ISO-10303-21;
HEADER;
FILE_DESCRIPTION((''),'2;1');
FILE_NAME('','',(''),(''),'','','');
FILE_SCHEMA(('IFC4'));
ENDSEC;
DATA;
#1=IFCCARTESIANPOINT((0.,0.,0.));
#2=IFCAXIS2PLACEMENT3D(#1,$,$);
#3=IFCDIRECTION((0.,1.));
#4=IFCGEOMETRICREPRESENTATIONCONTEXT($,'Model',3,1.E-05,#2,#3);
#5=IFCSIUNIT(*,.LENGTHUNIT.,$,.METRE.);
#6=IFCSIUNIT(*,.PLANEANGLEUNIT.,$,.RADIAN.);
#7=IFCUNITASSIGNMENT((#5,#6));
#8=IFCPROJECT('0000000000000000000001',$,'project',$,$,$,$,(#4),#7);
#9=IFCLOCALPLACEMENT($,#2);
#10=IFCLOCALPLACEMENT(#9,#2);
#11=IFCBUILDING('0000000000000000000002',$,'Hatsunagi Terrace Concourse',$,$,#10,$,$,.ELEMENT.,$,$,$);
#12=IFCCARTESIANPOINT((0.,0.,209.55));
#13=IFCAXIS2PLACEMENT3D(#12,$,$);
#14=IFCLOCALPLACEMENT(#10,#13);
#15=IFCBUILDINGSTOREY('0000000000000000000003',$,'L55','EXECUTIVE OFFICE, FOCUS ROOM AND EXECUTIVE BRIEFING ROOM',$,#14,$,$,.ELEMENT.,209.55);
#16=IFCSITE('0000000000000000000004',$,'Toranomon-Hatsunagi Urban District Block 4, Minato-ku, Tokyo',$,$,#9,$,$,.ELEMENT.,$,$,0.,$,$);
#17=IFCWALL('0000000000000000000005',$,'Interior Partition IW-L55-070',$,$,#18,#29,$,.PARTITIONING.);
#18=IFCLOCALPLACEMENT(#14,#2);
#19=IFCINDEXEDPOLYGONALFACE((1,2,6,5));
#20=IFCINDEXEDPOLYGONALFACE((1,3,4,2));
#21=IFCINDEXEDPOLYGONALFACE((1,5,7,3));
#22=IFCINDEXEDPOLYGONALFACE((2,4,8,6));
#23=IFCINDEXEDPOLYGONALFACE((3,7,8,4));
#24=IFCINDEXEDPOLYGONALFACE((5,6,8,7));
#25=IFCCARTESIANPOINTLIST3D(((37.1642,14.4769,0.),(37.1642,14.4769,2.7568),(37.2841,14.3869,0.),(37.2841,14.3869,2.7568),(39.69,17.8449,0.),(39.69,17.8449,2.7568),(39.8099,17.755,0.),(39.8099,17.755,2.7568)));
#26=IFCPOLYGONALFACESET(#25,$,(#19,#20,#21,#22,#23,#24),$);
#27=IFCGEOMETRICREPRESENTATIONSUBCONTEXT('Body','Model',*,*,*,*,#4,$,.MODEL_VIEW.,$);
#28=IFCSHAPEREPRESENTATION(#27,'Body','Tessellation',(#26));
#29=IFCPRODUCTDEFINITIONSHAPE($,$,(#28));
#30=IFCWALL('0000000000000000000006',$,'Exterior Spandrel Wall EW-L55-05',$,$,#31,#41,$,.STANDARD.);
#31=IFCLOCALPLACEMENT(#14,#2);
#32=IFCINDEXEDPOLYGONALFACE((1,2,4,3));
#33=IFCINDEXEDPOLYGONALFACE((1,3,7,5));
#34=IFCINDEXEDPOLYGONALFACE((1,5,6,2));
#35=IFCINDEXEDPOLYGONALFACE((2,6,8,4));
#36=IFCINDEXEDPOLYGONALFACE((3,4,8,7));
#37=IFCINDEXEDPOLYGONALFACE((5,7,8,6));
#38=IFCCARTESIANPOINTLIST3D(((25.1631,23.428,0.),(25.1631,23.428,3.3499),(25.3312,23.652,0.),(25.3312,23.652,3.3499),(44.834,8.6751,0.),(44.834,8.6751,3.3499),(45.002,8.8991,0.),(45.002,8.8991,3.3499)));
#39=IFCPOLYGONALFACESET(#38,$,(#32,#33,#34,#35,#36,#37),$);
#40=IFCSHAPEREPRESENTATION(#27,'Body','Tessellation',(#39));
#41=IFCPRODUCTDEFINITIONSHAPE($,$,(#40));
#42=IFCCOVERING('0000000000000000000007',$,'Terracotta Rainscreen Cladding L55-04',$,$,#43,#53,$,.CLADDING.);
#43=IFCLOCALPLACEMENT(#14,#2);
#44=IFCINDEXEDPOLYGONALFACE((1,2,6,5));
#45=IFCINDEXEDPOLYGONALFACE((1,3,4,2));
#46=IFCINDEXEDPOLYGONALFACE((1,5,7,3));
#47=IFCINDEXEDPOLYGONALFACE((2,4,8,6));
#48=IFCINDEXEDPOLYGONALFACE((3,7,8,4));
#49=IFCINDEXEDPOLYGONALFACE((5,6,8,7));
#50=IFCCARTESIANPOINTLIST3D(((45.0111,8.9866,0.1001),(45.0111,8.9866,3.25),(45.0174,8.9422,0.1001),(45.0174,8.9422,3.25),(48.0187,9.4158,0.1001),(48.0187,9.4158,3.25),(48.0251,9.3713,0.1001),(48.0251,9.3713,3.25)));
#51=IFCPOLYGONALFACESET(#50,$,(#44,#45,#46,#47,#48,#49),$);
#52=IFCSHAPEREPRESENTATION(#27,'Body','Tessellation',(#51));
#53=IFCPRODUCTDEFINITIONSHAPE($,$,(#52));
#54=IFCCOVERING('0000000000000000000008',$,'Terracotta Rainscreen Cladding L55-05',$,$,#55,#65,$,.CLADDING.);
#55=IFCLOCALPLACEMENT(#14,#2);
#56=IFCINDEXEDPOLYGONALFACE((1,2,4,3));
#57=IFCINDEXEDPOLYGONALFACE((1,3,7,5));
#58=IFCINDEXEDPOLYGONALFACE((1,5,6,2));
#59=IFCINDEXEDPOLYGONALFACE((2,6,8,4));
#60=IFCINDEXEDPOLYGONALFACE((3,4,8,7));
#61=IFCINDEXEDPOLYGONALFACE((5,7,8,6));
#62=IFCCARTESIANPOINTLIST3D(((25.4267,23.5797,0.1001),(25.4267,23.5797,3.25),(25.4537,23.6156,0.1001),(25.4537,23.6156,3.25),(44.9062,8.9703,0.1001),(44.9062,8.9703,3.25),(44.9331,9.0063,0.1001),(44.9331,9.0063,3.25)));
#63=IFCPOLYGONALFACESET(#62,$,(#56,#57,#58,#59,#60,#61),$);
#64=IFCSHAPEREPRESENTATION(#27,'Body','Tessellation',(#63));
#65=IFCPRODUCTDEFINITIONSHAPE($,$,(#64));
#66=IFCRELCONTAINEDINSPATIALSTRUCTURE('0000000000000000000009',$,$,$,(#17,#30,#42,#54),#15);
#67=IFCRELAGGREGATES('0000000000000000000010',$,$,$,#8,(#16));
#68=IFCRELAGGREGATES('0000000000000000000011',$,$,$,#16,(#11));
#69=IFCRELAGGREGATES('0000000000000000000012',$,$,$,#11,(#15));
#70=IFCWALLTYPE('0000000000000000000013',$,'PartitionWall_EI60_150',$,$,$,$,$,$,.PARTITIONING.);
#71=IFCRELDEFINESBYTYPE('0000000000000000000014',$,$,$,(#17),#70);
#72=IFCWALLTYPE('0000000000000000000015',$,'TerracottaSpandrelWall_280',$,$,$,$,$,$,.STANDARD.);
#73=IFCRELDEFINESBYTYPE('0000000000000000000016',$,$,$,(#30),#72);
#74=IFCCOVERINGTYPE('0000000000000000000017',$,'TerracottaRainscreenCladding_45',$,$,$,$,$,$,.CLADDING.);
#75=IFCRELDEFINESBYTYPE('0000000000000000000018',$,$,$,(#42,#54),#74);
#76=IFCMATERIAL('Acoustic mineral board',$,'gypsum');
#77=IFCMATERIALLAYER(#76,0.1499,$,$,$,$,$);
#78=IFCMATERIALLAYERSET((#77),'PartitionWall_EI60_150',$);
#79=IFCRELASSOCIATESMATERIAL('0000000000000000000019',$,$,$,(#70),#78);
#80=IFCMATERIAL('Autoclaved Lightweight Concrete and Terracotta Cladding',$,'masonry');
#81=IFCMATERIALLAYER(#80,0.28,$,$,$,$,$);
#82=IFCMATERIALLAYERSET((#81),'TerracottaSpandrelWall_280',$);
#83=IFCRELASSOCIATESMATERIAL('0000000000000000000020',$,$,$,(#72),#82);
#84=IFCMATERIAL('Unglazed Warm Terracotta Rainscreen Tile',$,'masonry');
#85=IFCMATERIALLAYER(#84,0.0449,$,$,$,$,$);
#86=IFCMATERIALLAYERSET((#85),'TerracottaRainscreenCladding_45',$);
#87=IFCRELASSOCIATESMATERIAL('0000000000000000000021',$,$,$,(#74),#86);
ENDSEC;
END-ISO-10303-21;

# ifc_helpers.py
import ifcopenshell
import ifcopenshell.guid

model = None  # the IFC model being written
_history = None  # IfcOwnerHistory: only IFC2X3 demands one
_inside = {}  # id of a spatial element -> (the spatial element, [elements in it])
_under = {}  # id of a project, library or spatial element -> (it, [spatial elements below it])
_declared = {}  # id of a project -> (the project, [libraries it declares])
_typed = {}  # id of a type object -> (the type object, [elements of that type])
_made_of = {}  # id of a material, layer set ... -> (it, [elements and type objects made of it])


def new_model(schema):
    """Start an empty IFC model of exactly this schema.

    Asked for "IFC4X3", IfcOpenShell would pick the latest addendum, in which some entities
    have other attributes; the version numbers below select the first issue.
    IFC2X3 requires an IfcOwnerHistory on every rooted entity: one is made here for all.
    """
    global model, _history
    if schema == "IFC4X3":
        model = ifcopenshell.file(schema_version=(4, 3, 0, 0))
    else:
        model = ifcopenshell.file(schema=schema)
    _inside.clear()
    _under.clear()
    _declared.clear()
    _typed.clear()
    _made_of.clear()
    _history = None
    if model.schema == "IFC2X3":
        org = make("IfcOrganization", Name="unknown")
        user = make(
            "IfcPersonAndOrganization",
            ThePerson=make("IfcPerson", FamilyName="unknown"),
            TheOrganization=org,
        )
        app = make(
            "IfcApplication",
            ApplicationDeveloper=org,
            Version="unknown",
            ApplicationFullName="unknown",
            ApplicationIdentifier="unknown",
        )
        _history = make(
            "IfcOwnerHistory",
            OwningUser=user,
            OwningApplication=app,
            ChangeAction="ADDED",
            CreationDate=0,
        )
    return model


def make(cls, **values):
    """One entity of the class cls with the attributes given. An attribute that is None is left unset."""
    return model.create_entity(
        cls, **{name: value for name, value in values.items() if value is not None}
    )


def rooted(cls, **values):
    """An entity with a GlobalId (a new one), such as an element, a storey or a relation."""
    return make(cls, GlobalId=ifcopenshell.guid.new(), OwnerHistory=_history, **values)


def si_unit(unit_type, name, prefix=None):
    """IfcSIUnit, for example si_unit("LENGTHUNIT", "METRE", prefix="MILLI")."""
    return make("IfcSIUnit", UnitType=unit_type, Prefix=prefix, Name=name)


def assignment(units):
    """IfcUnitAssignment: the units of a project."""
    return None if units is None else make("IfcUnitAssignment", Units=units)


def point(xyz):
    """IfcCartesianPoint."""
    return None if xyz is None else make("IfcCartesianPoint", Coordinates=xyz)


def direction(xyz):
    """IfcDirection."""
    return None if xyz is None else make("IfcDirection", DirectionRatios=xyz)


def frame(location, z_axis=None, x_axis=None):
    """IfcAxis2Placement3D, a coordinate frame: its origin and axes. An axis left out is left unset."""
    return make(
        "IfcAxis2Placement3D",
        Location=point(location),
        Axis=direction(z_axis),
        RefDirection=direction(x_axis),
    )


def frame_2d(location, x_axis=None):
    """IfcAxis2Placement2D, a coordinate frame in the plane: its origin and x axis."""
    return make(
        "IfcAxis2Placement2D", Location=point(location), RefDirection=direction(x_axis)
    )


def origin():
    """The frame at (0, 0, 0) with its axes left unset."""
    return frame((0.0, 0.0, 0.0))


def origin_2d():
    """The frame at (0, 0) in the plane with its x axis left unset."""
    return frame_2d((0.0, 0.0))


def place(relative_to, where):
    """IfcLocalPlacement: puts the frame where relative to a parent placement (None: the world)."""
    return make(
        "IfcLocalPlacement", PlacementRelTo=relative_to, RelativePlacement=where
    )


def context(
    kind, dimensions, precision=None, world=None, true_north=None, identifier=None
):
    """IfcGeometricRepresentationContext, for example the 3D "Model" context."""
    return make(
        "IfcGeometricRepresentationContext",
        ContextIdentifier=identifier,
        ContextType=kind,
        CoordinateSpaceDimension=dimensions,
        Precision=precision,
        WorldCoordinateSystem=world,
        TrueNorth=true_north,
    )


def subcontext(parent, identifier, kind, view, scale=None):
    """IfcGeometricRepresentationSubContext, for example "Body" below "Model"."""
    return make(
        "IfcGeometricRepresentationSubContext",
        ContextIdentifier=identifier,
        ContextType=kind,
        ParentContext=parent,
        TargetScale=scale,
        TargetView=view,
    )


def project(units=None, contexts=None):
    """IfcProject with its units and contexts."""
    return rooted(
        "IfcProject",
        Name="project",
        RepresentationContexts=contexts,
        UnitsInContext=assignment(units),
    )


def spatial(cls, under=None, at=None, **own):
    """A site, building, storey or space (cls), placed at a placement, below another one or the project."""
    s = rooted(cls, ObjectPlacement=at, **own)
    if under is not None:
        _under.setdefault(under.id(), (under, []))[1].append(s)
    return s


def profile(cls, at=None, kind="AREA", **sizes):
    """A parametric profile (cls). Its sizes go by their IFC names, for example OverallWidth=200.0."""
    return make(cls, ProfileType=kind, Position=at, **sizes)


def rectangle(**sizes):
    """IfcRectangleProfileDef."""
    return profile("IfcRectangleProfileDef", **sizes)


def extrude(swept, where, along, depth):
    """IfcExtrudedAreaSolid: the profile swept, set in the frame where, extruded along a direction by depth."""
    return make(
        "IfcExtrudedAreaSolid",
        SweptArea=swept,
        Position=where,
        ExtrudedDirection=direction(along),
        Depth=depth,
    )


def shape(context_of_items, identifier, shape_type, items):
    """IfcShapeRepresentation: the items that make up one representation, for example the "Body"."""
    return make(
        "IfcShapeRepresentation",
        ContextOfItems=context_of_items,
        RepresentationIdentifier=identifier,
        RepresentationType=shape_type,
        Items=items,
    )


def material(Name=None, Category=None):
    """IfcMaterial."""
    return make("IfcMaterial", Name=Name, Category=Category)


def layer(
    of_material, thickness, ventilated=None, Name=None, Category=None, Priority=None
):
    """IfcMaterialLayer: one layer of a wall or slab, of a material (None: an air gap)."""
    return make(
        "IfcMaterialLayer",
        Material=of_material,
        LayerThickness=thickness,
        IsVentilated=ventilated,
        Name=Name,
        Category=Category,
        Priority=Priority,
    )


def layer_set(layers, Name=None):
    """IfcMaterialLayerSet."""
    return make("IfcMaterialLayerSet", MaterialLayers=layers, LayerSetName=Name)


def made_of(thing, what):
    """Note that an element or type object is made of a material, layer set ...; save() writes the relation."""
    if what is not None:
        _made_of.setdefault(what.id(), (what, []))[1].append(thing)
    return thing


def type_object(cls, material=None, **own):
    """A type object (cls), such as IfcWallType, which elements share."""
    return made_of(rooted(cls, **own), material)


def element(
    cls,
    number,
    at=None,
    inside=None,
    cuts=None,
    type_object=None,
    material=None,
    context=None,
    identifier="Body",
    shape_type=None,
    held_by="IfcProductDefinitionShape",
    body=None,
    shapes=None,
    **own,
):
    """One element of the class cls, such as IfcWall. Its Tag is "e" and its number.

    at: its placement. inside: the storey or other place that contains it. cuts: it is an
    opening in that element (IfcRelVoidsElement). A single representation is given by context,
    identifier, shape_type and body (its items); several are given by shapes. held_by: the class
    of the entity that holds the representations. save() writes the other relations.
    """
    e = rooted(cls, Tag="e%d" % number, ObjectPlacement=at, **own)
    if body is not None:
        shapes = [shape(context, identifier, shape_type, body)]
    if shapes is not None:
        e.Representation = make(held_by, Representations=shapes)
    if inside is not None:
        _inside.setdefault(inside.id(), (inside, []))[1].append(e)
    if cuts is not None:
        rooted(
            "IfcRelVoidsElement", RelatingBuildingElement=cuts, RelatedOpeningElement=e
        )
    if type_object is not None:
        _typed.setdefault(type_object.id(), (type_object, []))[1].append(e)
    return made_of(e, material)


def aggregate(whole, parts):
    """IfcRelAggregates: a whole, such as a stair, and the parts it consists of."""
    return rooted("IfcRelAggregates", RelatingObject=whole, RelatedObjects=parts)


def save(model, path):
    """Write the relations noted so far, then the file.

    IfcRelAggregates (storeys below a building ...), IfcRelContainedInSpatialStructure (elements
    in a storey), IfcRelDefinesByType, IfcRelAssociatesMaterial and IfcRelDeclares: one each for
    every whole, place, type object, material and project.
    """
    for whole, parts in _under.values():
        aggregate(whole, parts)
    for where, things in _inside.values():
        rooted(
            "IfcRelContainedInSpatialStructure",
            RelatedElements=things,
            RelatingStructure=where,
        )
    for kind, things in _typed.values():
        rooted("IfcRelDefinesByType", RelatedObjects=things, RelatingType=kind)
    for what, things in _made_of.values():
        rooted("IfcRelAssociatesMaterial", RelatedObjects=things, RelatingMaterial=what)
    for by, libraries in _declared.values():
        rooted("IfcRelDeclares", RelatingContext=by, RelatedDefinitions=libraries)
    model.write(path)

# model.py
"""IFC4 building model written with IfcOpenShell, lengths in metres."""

from ifc_helpers import new_model, si_unit, direction, frame, frame_2d, origin, origin_2d, place, context, subcontext, project, spatial, rectangle, extrude, material, layer, layer_set, type_object, element, save


model = new_model("IFC4")

# Units and contexts
model_context = context("Model", 3, precision=1e-05, world=origin(), true_north=direction((0.0, 1.0)))
body_context = subcontext(model_context, "Body", "Model", "MODEL_VIEW")
ifc_project = project(units=[si_unit("LENGTHUNIT", "METRE"), si_unit("PLANEANGLEUNIT", "RADIAN")], contexts=[model_context])

# Site, building, storey
site_placement = place(None, origin())
site = spatial("IfcSite", under=ifc_project, at=site_placement, Name="Toranomon-Hatsunagi Urban District Block 4, Minato-ku, Tokyo", CompositionType="ELEMENT", RefElevation=0.0)
building_placement = place(site_placement, origin())
building = spatial("IfcBuilding", under=site, at=building_placement, Name="Hatsunagi Terrace Concourse", CompositionType="ELEMENT")
storey_placement = place(building_placement, frame((0.0, 0.0, 209.55)))
storey = spatial("IfcBuildingStorey", under=building, at=storey_placement, Name="L55", Description="EXECUTIVE OFFICE, FOCUS ROOM AND EXECUTIVE BRIEFING ROOM", CompositionType="ELEMENT", Elevation=209.55)

# Shared definitions
ifc_material_1 = material(Name="Acoustic mineral board", Category="gypsum")
ifc_layer_1 = layer(ifc_material_1, 0.1499)
ifc_layer_set_1 = layer_set([ifc_layer_1], Name="PartitionWall_EI60_150")
wall_type_1 = type_object("IfcWallType", Name="PartitionWall_EI60_150", PredefinedType="PARTITIONING", material=ifc_layer_set_1)

# Walls
wall_1_placement = place(storey_placement, frame((37.2241, 14.4319, 0.0), z_axis=(0.0, 0.0, 1.0), x_axis=(0.599963, 0.800028, 0.0)))
element("IfcWall", 1, at=wall_1_placement, inside=storey, type_object=wall_type_1, Name="Interior Partition IW-L55-070", PredefinedType="PARTITIONING", context=body_context, shape_type="SweptSolid", body=[
    extrude(rectangle(XDim=4.21, YDim=0.1499, at=frame_2d((2.105, 0.0))), origin(), (0.0, 0.0, 1.0), 2.7568),
])
ifc_material_2 = material(Name="Autoclaved Lightweight Concrete and Terracotta Cladding", Category="masonry")
ifc_layer_2 = layer(ifc_material_2, 0.28)
ifc_layer_set_2 = layer_set([ifc_layer_2], Name="TerracottaSpandrelWall_280")
wall_type_2 = type_object("IfcWallType", Name="TerracottaSpandrelWall_280", PredefinedType="STANDARD", material=ifc_layer_set_2)
wall_2_placement = place(storey_placement, frame((44.918, 8.7871, 0.0), z_axis=(0.0, 0.0, 1.0), x_axis=(-0.800005, 0.599994, 0.0)))
element("IfcWall", 2, at=wall_2_placement, inside=storey, type_object=wall_type_2, Name="Exterior Spandrel Wall EW-L55-05", PredefinedType="STANDARD", context=body_context, shape_type="SweptSolid", body=[
    extrude(rectangle(XDim=24.5884, YDim=0.28, at=frame_2d((12.2942, 0.0))), origin(), (0.0, 0.0, 1.0), 3.3499),
])

# Coverings
ifc_material_3 = material(Name="Unglazed Warm Terracotta Rainscreen Tile", Category="masonry")
ifc_layer_3 = layer(ifc_material_3, 0.0449)
ifc_layer_set_3 = layer_set([ifc_layer_3], Name="TerracottaRainscreenCladding_45")
covering_type = type_object("IfcCoveringType", Name="TerracottaRainscreenCladding_45", PredefinedType="CLADDING", material=ifc_layer_set_3)
covering_1_placement = place(storey_placement, frame((46.5181, 9.179, 0.1001), z_axis=(0.0, 0.0, 1.0), x_axis=(-0.989974, -0.14125, 0.0)))
element("IfcCovering", 3, at=covering_1_placement, inside=storey, type_object=covering_type, Name="Terracotta Rainscreen Cladding L55-04", PredefinedType="CLADDING", context=body_context, shape_type="SweptSolid", body=[
    extrude(rectangle(XDim=3.0381, YDim=0.0449, at=origin_2d()), origin(), (0.0, 0.0, 1.0), 3.1499),
])
covering_2_placement = place(storey_placement, frame((35.1799, 16.293, 0.1001), z_axis=(0.0, 0.0, 1.0), x_axis=(-0.800005, 0.599993, 0.0)))
element("IfcCovering", 4, at=covering_2_placement, inside=storey, type_object=covering_type, Name="Terracotta Rainscreen Cladding L55-05", PredefinedType="CLADDING", context=body_context, shape_type="SweptSolid", body=[
    extrude(rectangle(XDim=24.3491, YDim=0.0449, at=origin_2d()), origin(), (0.0, 0.0, 1.0), 3.1499),
])

save(model, "model.ifc")
